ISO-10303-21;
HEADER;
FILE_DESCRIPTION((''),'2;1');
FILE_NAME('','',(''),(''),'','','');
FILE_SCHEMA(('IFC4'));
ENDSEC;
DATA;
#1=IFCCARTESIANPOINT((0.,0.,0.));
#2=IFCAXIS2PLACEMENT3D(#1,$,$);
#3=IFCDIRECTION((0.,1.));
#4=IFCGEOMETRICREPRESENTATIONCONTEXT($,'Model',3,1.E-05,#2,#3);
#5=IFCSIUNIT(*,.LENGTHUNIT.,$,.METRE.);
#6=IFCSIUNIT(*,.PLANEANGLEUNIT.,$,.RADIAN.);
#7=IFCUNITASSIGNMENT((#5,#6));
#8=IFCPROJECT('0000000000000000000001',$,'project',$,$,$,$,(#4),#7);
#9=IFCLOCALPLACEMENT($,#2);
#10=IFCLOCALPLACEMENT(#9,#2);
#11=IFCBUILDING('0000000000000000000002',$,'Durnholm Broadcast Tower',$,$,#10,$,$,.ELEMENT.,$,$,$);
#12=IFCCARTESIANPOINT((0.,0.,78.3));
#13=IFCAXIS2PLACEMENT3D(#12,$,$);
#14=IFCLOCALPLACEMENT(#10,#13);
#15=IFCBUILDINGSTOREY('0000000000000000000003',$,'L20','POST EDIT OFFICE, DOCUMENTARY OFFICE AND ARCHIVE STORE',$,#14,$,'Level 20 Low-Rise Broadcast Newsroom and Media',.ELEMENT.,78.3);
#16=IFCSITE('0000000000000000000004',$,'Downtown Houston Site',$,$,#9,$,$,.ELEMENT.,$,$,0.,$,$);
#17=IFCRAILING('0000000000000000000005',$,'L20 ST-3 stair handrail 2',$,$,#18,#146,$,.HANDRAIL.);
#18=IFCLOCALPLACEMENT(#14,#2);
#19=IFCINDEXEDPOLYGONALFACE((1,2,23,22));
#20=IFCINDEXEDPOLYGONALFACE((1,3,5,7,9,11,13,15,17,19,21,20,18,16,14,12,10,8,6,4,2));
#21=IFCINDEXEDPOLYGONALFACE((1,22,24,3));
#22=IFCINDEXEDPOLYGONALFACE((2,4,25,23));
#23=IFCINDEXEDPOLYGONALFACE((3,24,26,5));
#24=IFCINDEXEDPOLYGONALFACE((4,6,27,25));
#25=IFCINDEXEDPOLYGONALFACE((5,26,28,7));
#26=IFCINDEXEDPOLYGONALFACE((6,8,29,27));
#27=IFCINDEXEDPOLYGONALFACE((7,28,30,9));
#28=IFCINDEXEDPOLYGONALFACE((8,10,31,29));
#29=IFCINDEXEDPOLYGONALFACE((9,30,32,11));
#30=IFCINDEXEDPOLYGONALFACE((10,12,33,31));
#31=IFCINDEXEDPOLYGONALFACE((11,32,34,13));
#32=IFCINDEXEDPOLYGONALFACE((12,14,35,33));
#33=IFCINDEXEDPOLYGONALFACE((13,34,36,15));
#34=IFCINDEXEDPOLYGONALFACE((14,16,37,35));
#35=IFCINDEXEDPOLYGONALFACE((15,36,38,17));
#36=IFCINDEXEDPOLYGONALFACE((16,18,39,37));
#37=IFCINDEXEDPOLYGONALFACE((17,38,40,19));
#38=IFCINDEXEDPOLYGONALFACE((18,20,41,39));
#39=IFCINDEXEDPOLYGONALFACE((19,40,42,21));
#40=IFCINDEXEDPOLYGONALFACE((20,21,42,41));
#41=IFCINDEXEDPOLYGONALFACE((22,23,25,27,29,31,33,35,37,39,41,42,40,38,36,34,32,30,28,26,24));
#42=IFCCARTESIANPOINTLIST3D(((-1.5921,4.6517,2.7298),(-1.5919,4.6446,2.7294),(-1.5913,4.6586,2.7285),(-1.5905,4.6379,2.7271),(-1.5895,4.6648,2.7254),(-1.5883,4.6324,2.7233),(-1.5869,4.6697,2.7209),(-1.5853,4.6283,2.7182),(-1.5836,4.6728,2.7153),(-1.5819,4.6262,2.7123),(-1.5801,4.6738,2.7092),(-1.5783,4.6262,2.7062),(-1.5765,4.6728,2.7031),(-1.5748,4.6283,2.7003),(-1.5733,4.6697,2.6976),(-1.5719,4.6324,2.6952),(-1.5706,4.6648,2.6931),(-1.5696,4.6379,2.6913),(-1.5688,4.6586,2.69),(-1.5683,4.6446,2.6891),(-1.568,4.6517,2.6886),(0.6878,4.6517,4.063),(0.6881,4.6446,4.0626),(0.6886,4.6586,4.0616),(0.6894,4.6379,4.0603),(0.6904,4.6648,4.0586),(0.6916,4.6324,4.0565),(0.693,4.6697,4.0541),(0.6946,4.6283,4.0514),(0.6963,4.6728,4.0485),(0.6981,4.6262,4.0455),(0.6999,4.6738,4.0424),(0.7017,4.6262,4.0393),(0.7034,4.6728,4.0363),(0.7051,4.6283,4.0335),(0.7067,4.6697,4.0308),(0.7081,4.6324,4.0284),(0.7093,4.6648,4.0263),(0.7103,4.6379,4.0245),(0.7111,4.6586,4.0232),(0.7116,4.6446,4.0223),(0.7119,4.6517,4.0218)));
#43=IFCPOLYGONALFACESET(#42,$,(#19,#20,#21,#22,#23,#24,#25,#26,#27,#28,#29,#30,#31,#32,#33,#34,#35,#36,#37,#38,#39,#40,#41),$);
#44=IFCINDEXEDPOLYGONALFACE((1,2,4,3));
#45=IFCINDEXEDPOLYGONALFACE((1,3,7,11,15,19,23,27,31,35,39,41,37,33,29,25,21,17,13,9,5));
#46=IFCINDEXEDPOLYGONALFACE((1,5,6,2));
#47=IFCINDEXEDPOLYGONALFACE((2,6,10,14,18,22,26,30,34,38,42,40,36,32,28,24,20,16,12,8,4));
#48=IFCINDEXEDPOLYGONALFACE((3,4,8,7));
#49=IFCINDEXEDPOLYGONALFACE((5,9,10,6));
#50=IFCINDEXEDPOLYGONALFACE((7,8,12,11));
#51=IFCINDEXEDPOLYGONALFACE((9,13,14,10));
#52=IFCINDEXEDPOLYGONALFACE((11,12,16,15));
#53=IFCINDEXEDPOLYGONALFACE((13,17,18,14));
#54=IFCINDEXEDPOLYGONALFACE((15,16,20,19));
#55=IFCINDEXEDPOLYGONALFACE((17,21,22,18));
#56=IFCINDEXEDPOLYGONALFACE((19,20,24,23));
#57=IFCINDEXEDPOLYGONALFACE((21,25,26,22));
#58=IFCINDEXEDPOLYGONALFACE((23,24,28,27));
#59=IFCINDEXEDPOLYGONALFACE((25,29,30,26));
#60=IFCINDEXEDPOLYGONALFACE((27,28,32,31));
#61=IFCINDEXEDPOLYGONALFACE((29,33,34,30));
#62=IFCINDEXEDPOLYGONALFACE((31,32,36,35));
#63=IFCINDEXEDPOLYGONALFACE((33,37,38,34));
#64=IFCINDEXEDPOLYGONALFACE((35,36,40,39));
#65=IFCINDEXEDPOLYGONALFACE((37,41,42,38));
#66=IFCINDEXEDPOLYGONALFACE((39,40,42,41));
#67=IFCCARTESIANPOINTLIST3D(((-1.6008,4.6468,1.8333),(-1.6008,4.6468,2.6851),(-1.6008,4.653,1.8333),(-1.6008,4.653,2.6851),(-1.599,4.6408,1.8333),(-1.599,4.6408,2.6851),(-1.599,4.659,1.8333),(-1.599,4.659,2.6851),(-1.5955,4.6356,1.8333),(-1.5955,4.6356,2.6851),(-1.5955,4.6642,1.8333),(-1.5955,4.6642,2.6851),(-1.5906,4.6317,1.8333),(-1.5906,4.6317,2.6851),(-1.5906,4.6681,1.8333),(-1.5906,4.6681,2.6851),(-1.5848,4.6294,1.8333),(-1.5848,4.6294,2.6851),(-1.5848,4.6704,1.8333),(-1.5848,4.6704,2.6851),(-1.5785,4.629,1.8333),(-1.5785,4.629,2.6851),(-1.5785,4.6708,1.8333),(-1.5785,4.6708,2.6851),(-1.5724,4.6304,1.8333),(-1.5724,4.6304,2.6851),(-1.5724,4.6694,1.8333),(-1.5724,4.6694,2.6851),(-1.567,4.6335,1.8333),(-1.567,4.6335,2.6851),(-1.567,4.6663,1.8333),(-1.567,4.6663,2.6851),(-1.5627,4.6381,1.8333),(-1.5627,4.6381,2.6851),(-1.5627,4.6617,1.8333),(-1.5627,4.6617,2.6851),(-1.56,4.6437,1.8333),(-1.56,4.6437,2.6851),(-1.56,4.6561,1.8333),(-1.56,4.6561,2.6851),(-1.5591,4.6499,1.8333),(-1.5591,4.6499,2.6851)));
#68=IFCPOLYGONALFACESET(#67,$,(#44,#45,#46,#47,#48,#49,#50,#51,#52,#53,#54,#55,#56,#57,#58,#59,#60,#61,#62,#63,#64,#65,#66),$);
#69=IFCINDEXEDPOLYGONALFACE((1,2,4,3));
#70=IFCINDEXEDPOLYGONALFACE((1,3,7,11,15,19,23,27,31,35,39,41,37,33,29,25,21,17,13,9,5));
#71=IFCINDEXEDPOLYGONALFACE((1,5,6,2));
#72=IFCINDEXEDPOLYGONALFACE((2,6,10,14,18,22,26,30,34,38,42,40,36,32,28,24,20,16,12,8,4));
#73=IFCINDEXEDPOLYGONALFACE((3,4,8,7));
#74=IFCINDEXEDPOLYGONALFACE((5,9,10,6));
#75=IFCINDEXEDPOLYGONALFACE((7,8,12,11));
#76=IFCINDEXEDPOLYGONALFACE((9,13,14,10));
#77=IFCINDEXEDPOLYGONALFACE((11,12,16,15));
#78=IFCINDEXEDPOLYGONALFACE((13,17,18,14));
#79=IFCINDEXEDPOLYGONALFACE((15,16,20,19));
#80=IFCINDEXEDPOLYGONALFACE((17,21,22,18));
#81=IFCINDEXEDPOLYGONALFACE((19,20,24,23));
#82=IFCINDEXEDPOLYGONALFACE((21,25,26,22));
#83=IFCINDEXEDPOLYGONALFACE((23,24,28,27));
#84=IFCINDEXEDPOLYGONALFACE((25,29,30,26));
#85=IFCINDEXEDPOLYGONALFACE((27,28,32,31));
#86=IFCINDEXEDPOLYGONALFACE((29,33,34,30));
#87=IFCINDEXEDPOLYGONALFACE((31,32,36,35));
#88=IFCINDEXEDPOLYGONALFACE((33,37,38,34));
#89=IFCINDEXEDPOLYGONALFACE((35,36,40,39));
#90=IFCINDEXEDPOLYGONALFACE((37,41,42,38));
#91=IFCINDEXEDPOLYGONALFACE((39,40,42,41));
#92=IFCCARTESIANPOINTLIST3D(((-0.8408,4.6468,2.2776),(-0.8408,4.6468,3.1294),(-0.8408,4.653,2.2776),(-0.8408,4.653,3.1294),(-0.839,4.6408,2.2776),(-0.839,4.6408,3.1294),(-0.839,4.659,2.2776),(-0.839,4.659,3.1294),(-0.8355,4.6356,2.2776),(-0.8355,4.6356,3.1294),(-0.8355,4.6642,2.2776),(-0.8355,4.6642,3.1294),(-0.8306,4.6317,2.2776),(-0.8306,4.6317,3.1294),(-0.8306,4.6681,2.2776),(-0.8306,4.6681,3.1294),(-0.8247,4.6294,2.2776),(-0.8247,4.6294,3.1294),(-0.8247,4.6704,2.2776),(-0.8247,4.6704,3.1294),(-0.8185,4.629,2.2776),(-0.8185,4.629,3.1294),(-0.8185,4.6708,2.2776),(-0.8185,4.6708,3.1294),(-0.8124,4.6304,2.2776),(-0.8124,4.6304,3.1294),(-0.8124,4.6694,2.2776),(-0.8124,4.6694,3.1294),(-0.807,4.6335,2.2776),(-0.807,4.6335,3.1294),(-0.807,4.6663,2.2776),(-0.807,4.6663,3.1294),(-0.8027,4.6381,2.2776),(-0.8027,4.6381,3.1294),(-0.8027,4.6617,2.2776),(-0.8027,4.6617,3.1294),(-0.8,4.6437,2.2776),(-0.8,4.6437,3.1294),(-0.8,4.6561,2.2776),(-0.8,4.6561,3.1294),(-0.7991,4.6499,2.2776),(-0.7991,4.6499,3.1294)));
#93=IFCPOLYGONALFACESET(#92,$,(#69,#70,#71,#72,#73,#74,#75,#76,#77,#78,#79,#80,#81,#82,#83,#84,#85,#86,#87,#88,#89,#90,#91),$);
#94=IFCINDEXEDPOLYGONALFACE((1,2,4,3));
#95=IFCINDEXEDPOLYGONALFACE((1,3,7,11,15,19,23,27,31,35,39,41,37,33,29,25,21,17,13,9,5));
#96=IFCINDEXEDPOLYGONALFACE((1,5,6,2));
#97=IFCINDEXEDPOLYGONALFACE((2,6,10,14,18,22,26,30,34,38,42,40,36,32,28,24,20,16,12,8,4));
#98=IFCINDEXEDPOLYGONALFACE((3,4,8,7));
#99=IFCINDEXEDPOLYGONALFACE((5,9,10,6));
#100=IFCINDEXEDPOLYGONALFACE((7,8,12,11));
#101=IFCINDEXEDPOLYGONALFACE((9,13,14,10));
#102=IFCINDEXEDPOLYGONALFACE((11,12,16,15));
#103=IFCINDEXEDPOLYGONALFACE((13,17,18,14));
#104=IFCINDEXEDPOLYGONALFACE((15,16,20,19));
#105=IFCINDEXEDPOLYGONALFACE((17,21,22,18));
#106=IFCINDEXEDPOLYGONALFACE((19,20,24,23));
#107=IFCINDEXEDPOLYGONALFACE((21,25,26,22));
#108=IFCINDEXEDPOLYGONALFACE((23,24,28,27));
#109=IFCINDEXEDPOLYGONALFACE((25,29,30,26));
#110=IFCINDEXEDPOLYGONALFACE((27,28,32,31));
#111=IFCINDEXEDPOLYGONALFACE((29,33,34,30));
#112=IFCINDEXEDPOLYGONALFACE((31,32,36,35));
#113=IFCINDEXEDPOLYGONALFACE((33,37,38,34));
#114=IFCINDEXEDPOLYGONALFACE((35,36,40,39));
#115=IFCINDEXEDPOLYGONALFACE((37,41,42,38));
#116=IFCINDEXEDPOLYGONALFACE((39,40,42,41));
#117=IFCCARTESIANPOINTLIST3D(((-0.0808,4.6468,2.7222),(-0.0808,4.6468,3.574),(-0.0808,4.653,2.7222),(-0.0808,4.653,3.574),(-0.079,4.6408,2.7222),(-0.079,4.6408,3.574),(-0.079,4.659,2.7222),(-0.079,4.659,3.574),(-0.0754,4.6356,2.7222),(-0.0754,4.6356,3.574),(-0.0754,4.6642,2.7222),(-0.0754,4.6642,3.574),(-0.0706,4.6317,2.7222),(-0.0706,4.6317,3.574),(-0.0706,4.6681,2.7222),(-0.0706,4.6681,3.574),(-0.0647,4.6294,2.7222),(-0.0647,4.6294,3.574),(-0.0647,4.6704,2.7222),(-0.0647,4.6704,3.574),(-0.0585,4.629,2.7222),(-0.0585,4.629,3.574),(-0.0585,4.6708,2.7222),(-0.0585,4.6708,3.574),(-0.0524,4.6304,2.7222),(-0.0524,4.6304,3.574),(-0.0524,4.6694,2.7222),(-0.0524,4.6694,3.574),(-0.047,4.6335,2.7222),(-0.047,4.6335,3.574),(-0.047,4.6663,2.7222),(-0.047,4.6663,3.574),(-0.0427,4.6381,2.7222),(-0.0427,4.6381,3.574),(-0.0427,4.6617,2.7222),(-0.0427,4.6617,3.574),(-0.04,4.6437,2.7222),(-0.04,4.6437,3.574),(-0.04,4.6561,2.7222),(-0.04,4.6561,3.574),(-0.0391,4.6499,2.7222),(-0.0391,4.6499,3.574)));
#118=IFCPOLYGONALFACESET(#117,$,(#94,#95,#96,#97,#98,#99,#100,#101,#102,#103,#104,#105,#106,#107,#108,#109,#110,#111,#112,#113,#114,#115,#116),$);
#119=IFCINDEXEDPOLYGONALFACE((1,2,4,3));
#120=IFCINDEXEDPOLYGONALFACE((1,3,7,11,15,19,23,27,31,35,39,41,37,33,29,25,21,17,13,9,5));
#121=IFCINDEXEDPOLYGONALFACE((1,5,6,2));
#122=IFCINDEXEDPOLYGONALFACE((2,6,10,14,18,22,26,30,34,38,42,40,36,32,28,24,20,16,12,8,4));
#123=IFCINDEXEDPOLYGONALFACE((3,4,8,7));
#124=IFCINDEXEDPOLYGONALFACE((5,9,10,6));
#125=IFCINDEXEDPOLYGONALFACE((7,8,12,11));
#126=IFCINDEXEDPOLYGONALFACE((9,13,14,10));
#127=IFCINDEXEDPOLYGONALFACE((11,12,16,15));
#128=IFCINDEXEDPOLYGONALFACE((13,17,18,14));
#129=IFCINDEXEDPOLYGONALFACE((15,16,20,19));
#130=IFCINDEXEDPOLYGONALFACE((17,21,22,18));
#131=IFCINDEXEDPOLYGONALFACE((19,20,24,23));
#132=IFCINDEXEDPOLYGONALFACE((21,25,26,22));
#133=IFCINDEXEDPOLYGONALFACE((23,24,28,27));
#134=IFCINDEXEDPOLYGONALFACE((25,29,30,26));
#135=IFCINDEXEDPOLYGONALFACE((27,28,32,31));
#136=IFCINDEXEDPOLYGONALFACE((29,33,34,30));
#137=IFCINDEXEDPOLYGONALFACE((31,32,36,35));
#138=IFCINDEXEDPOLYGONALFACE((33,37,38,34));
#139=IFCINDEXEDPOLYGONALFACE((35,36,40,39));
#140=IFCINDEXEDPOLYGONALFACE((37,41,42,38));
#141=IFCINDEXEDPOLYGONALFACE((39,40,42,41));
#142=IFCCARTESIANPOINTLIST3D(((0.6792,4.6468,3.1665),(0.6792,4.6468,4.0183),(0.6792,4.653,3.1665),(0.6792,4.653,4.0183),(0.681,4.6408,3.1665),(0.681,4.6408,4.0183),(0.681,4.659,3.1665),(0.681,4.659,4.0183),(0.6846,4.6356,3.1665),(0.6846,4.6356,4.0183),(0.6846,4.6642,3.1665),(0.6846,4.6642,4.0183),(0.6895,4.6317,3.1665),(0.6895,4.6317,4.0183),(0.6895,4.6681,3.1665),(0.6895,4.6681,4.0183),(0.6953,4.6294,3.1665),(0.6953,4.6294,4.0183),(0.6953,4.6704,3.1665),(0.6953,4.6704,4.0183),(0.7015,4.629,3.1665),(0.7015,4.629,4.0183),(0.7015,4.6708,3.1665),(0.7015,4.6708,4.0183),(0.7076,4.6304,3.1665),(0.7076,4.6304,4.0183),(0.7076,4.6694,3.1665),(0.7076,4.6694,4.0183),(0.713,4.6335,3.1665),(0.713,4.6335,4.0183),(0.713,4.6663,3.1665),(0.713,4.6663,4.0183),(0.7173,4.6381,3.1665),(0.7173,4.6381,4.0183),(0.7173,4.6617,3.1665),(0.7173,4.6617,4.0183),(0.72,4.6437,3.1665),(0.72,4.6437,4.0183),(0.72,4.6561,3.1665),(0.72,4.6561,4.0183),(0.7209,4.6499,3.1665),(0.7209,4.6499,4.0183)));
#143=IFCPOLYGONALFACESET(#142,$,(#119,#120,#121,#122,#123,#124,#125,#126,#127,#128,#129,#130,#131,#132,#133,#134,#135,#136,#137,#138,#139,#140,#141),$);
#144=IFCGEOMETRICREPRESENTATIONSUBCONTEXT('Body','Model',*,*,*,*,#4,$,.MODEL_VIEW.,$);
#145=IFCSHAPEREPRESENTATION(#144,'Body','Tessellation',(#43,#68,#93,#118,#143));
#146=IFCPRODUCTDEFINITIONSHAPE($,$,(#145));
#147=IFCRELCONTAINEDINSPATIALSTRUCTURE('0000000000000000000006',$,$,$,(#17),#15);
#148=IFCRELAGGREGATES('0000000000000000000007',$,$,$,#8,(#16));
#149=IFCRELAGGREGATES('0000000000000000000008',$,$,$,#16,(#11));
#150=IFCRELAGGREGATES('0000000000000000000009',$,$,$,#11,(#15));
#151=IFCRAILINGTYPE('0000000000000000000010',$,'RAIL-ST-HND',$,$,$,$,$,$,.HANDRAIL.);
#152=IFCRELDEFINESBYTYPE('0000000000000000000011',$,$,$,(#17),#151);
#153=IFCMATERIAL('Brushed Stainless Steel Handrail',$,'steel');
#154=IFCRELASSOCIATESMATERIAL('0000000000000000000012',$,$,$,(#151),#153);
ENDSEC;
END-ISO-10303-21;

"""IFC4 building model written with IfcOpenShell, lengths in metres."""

from ifc_helpers import new_model, si_unit, direction, frame, origin, origin_2d, place, context, subcontext, project, spatial, circle, extrude, material, type_object, element, save


model = new_model("IFC4")

# Units and contexts
model_context = context("Model", 3, precision=1e-05, world=origin(), true_north=direction((0.0, 1.0)))
body_context = subcontext(model_context, "Body", "Model", "MODEL_VIEW")
ifc_project = project(units=[si_unit("LENGTHUNIT", "METRE"), si_unit("PLANEANGLEUNIT", "RADIAN")], contexts=[model_context])

# Site, building, storey
site_placement = place(None, origin())
site = spatial("IfcSite", under=ifc_project, at=site_placement, Name="Downtown Houston Site", CompositionType="ELEMENT", RefElevation=0.0)
building_placement = place(site_placement, origin())
building = spatial("IfcBuilding", under=site, at=building_placement, Name="Durnholm Broadcast Tower", CompositionType="ELEMENT")
storey_placement = place(building_placement, frame((0.0, 0.0, 78.3)))
storey = spatial("IfcBuildingStorey", under=building, at=storey_placement, Name="L20", Description="POST EDIT OFFICE, DOCUMENTARY OFFICE AND ARCHIVE STORE", LongName="Level 20 Low-Rise Broadcast Newsroom and Media", CompositionType="ELEMENT", Elevation=78.3)

# Railing
ifc_material_1 = material(Name="Brushed Stainless Steel Handrail", Category="steel")
railing_type_1 = type_object("IfcRailingType", Name="RAIL-ST-HND", PredefinedType="HANDRAIL", material=ifc_material_1)
railing_1_placement = place(storey_placement, frame((-1.5801, 4.6499, 1.8333)))
element("IfcRailing", 1, at=railing_1_placement, inside=storey, type_object=railing_type_1, Name="L20 ST-3 stair handrail 2", PredefinedType="HANDRAIL", context=body_context, shape_type="SweptSolid", body=[
    extrude(circle(Radius=0.0239, at=origin_2d()), frame((0.0, 0.0, 0.876), z_axis=(0.863245, 0.0, 0.504785), x_axis=(0.0, 1.0, 0.0)), (0.0, 0.0, 1.0), 2.6411),
    extrude(circle(Radius=0.021, at=origin_2d()), origin(), (0.0, 0.0, 1.0), 0.8518),
    extrude(circle(Radius=0.021, at=origin_2d()), frame((0.76, 0.0, 0.4443)), (0.0, 0.0, 1.0), 0.8518),
    extrude(circle(Radius=0.021, at=origin_2d()), frame((1.52, 0.0, 0.8889)), (0.0, 0.0, 1.0), 0.8518),
    extrude(circle(Radius=0.021, at=origin_2d()), frame((2.28, 0.0, 1.3333)), (0.0, 0.0, 1.0), 0.8518),
])

save(model, "model.ifc")
